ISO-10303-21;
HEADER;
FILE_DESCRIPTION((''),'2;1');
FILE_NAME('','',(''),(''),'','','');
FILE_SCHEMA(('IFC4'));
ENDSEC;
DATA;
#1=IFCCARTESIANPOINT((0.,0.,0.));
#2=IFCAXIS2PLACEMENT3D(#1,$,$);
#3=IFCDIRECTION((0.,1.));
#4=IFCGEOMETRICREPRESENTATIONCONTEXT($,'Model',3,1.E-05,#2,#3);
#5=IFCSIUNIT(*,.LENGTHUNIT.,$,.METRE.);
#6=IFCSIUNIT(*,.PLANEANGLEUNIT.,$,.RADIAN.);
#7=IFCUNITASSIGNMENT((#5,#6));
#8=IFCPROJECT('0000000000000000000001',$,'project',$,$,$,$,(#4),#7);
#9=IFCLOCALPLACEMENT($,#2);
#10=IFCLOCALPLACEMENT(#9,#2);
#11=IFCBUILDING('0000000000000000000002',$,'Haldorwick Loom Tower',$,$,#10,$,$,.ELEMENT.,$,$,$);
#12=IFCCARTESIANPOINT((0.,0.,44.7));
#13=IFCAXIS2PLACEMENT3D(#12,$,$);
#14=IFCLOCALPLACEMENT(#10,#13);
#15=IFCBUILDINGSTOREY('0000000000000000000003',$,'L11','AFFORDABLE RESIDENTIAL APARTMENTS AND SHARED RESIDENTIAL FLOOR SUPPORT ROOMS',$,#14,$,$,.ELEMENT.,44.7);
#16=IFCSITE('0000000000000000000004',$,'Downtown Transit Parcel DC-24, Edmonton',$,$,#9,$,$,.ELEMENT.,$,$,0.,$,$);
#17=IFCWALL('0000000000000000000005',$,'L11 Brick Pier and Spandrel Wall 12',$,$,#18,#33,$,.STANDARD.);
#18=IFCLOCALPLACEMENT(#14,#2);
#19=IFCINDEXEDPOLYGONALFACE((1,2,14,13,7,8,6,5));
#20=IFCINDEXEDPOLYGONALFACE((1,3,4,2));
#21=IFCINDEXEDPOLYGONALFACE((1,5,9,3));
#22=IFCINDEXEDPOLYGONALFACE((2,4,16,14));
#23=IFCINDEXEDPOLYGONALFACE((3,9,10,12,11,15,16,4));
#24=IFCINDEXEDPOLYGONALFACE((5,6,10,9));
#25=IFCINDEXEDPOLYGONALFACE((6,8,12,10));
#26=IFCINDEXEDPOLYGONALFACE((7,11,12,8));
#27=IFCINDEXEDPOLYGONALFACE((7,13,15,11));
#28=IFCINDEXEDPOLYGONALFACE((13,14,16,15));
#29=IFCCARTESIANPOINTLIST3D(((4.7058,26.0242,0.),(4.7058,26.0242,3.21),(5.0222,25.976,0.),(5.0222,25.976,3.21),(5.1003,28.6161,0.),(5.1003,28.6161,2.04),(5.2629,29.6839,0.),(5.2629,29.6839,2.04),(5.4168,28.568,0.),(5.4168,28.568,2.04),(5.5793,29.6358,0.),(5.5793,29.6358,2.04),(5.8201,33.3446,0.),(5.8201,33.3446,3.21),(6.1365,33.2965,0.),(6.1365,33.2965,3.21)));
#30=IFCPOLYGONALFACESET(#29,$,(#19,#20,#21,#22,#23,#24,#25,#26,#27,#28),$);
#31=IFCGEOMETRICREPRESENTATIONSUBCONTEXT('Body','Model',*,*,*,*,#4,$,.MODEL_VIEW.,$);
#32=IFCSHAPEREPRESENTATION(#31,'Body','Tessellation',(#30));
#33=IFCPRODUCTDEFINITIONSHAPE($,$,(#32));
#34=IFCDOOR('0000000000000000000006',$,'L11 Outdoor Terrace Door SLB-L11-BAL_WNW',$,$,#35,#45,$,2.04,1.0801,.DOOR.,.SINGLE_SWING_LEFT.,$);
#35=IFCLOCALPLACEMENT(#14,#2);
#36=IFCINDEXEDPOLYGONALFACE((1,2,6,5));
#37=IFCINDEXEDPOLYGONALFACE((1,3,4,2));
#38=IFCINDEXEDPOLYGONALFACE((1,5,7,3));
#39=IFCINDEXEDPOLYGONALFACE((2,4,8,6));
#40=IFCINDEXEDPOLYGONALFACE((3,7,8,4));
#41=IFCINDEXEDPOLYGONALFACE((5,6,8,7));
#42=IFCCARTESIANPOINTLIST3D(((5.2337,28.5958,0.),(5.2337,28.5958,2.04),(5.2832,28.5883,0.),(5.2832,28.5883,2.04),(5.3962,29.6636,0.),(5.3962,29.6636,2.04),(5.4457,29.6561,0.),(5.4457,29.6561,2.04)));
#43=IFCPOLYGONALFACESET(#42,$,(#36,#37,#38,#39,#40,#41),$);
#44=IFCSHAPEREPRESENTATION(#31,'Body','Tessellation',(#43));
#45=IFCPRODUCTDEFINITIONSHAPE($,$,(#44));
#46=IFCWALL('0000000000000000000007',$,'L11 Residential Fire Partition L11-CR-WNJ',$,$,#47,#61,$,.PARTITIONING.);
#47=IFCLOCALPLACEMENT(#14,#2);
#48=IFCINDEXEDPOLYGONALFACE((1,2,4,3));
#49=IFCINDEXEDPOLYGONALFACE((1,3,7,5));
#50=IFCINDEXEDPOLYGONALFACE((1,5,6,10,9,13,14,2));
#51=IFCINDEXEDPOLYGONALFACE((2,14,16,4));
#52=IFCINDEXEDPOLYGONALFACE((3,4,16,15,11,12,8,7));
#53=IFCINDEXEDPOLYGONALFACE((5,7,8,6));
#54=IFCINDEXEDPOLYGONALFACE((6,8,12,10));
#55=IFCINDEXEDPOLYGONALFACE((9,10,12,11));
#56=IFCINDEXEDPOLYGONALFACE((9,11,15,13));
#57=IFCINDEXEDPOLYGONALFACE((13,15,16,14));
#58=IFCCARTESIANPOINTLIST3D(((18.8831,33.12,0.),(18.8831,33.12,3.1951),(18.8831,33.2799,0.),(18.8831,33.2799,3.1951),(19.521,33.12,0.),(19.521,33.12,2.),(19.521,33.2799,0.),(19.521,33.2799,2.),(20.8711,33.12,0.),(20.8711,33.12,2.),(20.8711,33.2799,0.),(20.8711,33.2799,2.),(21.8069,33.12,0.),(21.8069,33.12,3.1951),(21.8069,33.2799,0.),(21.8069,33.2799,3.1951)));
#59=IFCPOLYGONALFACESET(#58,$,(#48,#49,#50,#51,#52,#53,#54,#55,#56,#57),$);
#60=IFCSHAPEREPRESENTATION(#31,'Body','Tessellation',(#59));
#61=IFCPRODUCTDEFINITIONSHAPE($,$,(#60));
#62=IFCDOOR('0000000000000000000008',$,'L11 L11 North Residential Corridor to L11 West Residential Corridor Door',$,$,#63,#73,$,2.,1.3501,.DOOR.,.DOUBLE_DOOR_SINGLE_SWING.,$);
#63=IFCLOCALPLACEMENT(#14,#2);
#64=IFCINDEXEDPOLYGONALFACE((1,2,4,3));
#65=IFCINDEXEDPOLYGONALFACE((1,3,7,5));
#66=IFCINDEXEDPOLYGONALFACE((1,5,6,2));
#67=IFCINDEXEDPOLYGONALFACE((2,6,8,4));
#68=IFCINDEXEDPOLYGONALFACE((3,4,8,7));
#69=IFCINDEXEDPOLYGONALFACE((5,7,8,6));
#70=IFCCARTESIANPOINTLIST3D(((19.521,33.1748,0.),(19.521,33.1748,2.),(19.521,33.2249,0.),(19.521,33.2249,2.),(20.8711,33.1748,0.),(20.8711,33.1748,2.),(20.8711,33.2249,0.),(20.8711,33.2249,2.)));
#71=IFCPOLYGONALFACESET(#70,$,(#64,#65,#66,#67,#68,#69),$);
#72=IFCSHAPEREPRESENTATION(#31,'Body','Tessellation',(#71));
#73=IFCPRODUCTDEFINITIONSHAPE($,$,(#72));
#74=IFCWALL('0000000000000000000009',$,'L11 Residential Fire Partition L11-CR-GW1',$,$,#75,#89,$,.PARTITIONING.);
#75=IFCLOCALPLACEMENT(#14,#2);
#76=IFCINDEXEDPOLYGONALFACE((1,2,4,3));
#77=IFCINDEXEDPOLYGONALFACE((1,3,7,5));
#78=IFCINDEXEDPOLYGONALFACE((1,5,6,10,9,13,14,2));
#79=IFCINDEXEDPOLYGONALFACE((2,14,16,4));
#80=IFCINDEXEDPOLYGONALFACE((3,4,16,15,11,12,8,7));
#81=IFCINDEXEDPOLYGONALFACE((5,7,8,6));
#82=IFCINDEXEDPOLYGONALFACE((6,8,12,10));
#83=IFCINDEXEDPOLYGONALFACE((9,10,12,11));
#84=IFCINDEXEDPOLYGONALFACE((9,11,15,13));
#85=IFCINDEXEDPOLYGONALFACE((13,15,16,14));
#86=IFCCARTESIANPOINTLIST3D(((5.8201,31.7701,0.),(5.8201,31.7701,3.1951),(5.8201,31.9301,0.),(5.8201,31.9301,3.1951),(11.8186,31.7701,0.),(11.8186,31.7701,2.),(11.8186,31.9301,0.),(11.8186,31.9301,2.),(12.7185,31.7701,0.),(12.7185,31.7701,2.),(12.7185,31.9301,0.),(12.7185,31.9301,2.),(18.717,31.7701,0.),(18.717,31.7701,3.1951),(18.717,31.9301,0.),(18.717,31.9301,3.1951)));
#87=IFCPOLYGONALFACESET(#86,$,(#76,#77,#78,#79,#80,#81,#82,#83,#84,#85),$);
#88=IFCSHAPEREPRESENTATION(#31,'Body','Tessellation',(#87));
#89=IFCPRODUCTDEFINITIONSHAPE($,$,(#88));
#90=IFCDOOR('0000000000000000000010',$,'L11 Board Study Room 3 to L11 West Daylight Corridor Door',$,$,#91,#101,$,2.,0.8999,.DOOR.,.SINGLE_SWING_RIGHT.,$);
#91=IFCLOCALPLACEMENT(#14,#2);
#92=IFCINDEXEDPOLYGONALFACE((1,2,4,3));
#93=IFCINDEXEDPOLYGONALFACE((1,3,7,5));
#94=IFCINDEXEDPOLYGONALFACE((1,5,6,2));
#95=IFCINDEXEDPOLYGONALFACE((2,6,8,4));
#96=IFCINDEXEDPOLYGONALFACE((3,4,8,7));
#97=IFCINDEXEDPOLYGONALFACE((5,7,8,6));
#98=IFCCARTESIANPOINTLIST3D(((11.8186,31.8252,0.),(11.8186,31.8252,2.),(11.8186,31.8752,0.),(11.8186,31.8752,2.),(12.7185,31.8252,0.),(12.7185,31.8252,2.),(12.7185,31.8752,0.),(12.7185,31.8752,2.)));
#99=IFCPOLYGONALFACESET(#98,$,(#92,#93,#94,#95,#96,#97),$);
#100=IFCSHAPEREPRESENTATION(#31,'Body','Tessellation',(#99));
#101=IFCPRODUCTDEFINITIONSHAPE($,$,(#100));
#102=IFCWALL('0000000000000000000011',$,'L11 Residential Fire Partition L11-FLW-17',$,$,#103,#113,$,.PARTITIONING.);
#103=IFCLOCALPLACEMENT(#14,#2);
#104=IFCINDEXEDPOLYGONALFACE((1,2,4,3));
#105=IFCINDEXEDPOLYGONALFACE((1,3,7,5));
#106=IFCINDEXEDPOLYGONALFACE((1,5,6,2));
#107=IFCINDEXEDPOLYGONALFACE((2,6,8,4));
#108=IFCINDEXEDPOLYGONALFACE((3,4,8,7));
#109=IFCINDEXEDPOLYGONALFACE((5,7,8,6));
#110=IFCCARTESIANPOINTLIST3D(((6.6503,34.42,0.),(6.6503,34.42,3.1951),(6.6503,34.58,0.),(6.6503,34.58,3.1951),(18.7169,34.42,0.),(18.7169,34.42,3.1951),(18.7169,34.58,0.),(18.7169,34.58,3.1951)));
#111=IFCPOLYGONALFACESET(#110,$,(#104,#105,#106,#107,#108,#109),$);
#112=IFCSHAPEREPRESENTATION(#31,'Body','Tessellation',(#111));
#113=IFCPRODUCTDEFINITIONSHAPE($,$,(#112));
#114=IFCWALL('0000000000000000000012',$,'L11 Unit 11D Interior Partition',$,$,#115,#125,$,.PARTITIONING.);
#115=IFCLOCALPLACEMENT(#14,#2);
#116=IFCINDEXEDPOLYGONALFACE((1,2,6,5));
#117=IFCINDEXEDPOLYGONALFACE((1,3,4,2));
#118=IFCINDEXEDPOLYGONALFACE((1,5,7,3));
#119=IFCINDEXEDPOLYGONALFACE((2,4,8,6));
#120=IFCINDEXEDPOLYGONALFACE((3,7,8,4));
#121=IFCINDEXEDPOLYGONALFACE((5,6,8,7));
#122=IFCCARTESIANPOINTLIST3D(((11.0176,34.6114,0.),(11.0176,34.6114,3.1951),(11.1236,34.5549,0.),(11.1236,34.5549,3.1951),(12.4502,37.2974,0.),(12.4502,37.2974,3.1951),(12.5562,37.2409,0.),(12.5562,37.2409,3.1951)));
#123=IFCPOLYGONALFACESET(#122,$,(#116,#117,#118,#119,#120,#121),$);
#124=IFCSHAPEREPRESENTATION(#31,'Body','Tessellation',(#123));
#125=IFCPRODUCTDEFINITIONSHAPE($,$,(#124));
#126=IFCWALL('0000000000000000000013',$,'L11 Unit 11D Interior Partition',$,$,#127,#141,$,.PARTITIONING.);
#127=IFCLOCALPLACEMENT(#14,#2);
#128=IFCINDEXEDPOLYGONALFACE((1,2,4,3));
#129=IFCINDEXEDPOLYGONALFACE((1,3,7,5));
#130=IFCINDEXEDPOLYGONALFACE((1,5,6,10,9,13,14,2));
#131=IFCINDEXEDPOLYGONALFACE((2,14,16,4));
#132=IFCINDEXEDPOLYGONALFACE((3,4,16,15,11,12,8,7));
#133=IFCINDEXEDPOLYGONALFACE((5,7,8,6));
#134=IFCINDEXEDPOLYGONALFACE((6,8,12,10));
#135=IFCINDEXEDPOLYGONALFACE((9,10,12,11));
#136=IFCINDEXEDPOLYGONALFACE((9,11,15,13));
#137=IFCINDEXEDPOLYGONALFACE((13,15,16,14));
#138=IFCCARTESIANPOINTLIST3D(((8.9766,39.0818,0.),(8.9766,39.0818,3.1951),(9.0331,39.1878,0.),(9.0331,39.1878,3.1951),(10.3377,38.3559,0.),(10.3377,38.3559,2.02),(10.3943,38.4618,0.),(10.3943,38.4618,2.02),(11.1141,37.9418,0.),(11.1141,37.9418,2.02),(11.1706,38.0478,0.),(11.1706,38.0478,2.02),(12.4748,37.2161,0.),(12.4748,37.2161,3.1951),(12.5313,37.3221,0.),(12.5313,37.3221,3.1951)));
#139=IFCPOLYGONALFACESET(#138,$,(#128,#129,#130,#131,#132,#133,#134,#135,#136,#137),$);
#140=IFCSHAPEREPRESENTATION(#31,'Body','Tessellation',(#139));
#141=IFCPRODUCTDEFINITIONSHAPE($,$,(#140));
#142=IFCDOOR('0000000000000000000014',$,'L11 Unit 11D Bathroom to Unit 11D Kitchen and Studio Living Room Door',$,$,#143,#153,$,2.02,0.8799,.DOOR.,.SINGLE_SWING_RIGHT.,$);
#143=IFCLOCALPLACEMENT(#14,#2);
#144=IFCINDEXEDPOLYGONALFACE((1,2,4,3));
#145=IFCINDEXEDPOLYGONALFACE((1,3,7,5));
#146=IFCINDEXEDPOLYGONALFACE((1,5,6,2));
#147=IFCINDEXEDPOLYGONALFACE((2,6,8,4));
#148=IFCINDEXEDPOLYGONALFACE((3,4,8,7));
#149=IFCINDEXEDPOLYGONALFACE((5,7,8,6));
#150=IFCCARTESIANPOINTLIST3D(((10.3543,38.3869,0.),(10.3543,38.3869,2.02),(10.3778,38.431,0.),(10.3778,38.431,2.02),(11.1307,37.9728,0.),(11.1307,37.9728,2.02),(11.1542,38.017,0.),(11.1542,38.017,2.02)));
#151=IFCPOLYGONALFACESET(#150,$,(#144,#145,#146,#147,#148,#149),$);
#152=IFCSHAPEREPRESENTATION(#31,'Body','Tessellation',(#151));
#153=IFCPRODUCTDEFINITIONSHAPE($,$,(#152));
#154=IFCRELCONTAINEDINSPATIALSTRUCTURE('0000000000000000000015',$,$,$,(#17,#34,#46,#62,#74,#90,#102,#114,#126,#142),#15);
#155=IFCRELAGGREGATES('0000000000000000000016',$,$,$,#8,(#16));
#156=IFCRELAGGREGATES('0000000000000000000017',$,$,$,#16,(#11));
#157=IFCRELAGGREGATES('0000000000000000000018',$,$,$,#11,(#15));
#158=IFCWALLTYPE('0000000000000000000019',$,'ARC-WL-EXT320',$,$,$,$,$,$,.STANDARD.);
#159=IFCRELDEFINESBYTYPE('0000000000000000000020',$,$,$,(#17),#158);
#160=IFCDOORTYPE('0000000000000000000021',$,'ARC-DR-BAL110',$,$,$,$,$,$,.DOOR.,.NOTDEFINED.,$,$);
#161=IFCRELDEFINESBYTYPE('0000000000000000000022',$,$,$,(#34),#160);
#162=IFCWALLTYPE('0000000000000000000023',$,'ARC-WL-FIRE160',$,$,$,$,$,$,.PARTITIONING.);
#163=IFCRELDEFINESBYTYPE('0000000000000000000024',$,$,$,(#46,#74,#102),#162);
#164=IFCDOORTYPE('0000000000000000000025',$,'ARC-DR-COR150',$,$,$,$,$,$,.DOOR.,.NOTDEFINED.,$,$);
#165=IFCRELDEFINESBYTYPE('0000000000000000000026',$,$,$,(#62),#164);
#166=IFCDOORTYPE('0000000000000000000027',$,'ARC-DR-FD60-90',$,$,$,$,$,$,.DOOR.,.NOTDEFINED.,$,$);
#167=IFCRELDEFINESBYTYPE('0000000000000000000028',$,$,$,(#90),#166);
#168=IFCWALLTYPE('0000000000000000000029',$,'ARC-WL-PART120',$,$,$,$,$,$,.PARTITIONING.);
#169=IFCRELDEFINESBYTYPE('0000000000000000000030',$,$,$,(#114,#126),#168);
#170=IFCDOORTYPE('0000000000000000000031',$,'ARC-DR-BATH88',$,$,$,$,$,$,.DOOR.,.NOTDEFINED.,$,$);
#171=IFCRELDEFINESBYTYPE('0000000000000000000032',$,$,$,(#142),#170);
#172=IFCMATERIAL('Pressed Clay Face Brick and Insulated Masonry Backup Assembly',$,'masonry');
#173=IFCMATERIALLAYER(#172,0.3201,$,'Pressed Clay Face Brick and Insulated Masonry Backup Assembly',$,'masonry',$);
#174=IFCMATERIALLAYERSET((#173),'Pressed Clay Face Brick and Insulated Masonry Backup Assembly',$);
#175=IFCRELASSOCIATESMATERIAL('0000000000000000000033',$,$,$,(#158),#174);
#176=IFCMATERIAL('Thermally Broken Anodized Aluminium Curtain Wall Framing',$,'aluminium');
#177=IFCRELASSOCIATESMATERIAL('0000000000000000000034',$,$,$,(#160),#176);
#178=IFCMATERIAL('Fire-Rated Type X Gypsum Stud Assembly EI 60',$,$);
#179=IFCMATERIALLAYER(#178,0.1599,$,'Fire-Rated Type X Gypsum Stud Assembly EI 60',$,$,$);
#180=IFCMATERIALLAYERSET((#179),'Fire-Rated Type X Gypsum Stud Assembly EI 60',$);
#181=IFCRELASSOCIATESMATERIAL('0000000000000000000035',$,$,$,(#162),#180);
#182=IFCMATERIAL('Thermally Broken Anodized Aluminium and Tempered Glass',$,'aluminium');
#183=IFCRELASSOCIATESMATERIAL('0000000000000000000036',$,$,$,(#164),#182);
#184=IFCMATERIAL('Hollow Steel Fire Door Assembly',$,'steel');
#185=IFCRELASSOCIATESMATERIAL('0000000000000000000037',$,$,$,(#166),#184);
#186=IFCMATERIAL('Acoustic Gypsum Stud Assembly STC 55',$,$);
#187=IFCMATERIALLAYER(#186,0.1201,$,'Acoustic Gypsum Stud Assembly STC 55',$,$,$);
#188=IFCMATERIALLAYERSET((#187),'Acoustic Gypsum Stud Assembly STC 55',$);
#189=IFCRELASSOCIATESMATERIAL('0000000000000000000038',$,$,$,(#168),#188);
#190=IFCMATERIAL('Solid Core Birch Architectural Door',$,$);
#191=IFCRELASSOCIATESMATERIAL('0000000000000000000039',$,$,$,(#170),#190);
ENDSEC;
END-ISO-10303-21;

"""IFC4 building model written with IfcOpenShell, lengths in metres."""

from ifc_helpers import new_model, si_unit, direction, frame, frame_2d, origin, place, context, subcontext, project, spatial, rectangle, extrude, material, layer, layer_set, type_object, element, fill, save


model = new_model("IFC4")

# Units and contexts
model_context = context("Model", 3, precision=1e-05, world=origin(), true_north=direction((0.0, 1.0)))
body_context = subcontext(model_context, "Body", "Model", "MODEL_VIEW")
ifc_project = project(units=[si_unit("LENGTHUNIT", "METRE"), si_unit("PLANEANGLEUNIT", "RADIAN")], contexts=[model_context])

# Site, building, storey
site_placement = place(None, origin())
site = spatial("IfcSite", under=ifc_project, at=site_placement, Name="Downtown Transit Parcel DC-24, Edmonton", CompositionType="ELEMENT", RefElevation=0.0)
building_placement = place(site_placement, origin())
building = spatial("IfcBuilding", under=site, at=building_placement, Name="Haldorwick Loom Tower", CompositionType="ELEMENT")
storey_placement = place(building_placement, frame((0.0, 0.0, 44.7)))
storey = spatial("IfcBuildingStorey", under=building, at=storey_placement, Name="L11", Description="AFFORDABLE RESIDENTIAL APARTMENTS AND SHARED RESIDENTIAL FLOOR SUPPORT ROOMS", CompositionType="ELEMENT", Elevation=44.7)

# Shared definitions
ifc_material_1 = material(Name="Pressed Clay Face Brick and Insulated Masonry Backup Assembly", Category="masonry")
ifc_layer_1 = layer(ifc_material_1, 0.3201, Name="Pressed Clay Face Brick and Insulated Masonry Backup Assembly", Category="masonry")
ifc_layer_set_1 = layer_set([ifc_layer_1], Name="Pressed Clay Face Brick and Insulated Masonry Backup Assembly")
wall_type_1 = type_object("IfcWallType", Name="ARC-WL-EXT320", PredefinedType="STANDARD", material=ifc_layer_set_1)

# Walls, openings, doors
wall_1_placement = place(storey_placement, frame((5.9783, 33.3206, 0.0), z_axis=(0.0, 0.0, 1.0), x_axis=(-0.150476, -0.988614, 0.0)))
wall_1 = element("IfcWall", 1, at=wall_1_placement, inside=storey, type_object=wall_type_1, Name="L11 Brick Pier and Spandrel Wall 12", PredefinedType="STANDARD", context=body_context, shape_type="SweptSolid", body=[
    extrude(rectangle(XDim=7.4048, YDim=0.3201, at=frame_2d((3.7024, 0.0))), origin(), (0.0, 0.0, 1.0), 3.21),
])
opening_1_placement = place(wall_1_placement, frame((3.7029, 0.0, 0.0)))
opening_1 = element("IfcOpeningElement", 2, at=opening_1_placement, cuts=wall_1, PredefinedType="OPENING", context=body_context, shape_type="SweptSolid", body=[
    extrude(rectangle(XDim=1.0801, YDim=2.04, at=frame_2d((0.54, 1.02))), frame((0.0, 0.1699, 0.0), z_axis=(0.0, -1.0, 0.0), x_axis=(1.0, 0.0, 0.0)), (0.0, 0.0, 1.0), 0.3401),
])
ifc_material_2 = material(Name="Thermally Broken Anodized Aluminium Curtain Wall Framing", Category="aluminium")
door_type_1 = type_object("IfcDoorType", Name="ARC-DR-BAL110", OperationType="NOTDEFINED", PredefinedType="DOOR", material=ifc_material_2)
door_1_placement = place(opening_1_placement, origin())
door_1 = element("IfcDoor", 3, at=door_1_placement, inside=storey, type_object=door_type_1, Name="L11 Outdoor Terrace Door SLB-L11-BAL_WNW", OperationType="SINGLE_SWING_LEFT", OverallHeight=2.04, OverallWidth=1.0801, PredefinedType="DOOR", context=body_context, shape_type="SweptSolid", body=[
    extrude(rectangle(XDim=1.0801, YDim=2.04, at=frame_2d((0.54, 1.02))), frame((0.0, 0.0249, 0.0), z_axis=(0.0, -1.0, 0.0), x_axis=(1.0, 0.0, 0.0)), (0.0, 0.0, 1.0), 0.05),
])
fill(opening_1, door_1)
ifc_material_3 = material(Name="Fire-Rated Type X Gypsum Stud Assembly EI 60")
ifc_layer_2 = layer(ifc_material_3, 0.1599, Name="Fire-Rated Type X Gypsum Stud Assembly EI 60")
ifc_layer_set_2 = layer_set([ifc_layer_2], Name="Fire-Rated Type X Gypsum Stud Assembly EI 60")
wall_type_2 = type_object("IfcWallType", Name="ARC-WL-FIRE160", PredefinedType="PARTITIONING", material=ifc_layer_set_2)
wall_2_placement = place(storey_placement, frame((18.8831, 33.2, 0.0), z_axis=(0.0, 0.0, 1.0), x_axis=(1.0, 0.0, 0.0)))
wall_2 = element("IfcWall", 4, at=wall_2_placement, inside=storey, type_object=wall_type_2, Name="L11 Residential Fire Partition L11-CR-WNJ", PredefinedType="PARTITIONING", context=body_context, shape_type="SweptSolid", body=[
    extrude(rectangle(XDim=2.9238, YDim=0.1599, at=frame_2d((1.4619, 0.0))), origin(), (0.0, 0.0, 1.0), 3.1951),
])
opening_2_placement = place(wall_2_placement, frame((0.6379, 0.0, 0.0)))
opening_2 = element("IfcOpeningElement", 5, at=opening_2_placement, cuts=wall_2, PredefinedType="OPENING", context=body_context, shape_type="SweptSolid", body=[
    extrude(rectangle(XDim=1.3501, YDim=2.0, at=frame_2d((0.675, 1.0))), frame((0.0, 0.0898, 0.0), z_axis=(0.0, -1.0, 0.0), x_axis=(1.0, 0.0, 0.0)), (0.0, 0.0, 1.0), 0.1799),
])
ifc_material_4 = material(Name="Thermally Broken Anodized Aluminium and Tempered Glass", Category="aluminium")
door_type_2 = type_object("IfcDoorType", Name="ARC-DR-COR150", OperationType="NOTDEFINED", PredefinedType="DOOR", material=ifc_material_4)
door_2_placement = place(opening_2_placement, origin())
door_2 = element("IfcDoor", 6, at=door_2_placement, inside=storey, type_object=door_type_2, Name="L11 L11 North Residential Corridor to L11 West Residential Corridor Door", OperationType="DOUBLE_DOOR_SINGLE_SWING", OverallHeight=2.0, OverallWidth=1.3501, PredefinedType="DOOR", context=body_context, shape_type="SweptSolid", body=[
    extrude(rectangle(XDim=1.3501, YDim=2.0, at=frame_2d((0.675, 1.0))), frame((0.0, 0.0249, 0.0), z_axis=(0.0, -1.0, 0.0), x_axis=(1.0, 0.0, 0.0)), (0.0, 0.0, 1.0), 0.05),
])
fill(opening_2, door_2)
wall_3_placement = place(storey_placement, frame((5.8201, 31.8501, 0.0), z_axis=(0.0, 0.0, 1.0), x_axis=(1.0, 0.0, 0.0)))
wall_3 = element("IfcWall", 7, at=wall_3_placement, inside=storey, type_object=wall_type_2, Name="L11 Residential Fire Partition L11-CR-GW1", PredefinedType="PARTITIONING", context=body_context, shape_type="SweptSolid", body=[
    extrude(rectangle(XDim=12.897, YDim=0.1599, at=frame_2d((6.4485, 0.0))), origin(), (0.0, 0.0, 1.0), 3.1951),
])
opening_3_placement = place(wall_3_placement, frame((5.9985, 0.0, 0.0)))
opening_3 = element("IfcOpeningElement", 8, at=opening_3_placement, cuts=wall_3, PredefinedType="OPENING", context=body_context, shape_type="SweptSolid", body=[
    extrude(rectangle(XDim=0.8999, YDim=2.0, at=frame_2d((0.45, 1.0))), frame((0.0, 0.0898, 0.0), z_axis=(0.0, -1.0, 0.0), x_axis=(1.0, 0.0, 0.0)), (0.0, 0.0, 1.0), 0.1799),
])
ifc_material_5 = material(Name="Hollow Steel Fire Door Assembly", Category="steel")
door_type_3 = type_object("IfcDoorType", Name="ARC-DR-FD60-90", OperationType="NOTDEFINED", PredefinedType="DOOR", material=ifc_material_5)
door_3_placement = place(opening_3_placement, frame((0.8999, 0.0, 0.0), z_axis=(0.0, 0.0, 1.0), x_axis=(-1.0, 0.0, 0.0)))
door_3 = element("IfcDoor", 9, at=door_3_placement, inside=storey, type_object=door_type_3, Name="L11 Board Study Room 3 to L11 West Daylight Corridor Door", OperationType="SINGLE_SWING_RIGHT", OverallHeight=2.0, OverallWidth=0.8999, PredefinedType="DOOR", context=body_context, shape_type="SweptSolid", body=[
    extrude(rectangle(XDim=0.8999, YDim=2.0, at=frame_2d((0.45, 1.0))), frame((0.0, 0.0249, 0.0), z_axis=(0.0, -1.0, 0.0), x_axis=(1.0, 0.0, 0.0)), (0.0, 0.0, 1.0), 0.05),
])
fill(opening_3, door_3)

# Walls
wall_4_placement = place(storey_placement, frame((6.6504, 34.5, 0.0), z_axis=(0.0, 0.0, 1.0), x_axis=(1.0, 0.0, 0.0)))
element("IfcWall", 10, at=wall_4_placement, inside=storey, type_object=wall_type_2, Name="L11 Residential Fire Partition L11-FLW-17", PredefinedType="PARTITIONING", context=body_context, shape_type="SweptSolid", body=[
    extrude(rectangle(XDim=12.0667, YDim=0.1599, at=frame_2d((6.0332, 0.0))), origin(), (0.0, 0.0, 1.0), 3.1951),
])
ifc_material_6 = material(Name="Acoustic Gypsum Stud Assembly STC 55")
ifc_layer_3 = layer(ifc_material_6, 0.1201, Name="Acoustic Gypsum Stud Assembly STC 55")
ifc_layer_set_3 = layer_set([ifc_layer_3], Name="Acoustic Gypsum Stud Assembly STC 55")
wall_type_3 = type_object("IfcWallType", Name="ARC-WL-PART120", PredefinedType="PARTITIONING", material=ifc_layer_set_3)
wall_5_placement = place(storey_placement, frame((12.5032, 37.269, 0.0), z_axis=(0.0, 0.0, 1.0), x_axis=(-0.470605, -0.882344, 0.0)))
element("IfcWall", 11, at=wall_5_placement, inside=storey, type_object=wall_type_3, Name="L11 Unit 11D Interior Partition", PredefinedType="PARTITIONING", context=body_context, shape_type="SweptSolid", body=[
    extrude(rectangle(XDim=3.0442, YDim=0.1201, at=frame_2d((1.522, 0.0))), origin(), (0.0, 0.0, 1.0), 3.1951),
])

# Wall, opening, door
wall_6_placement = place(storey_placement, frame((12.5032, 37.269, 0.0), z_axis=(0.0, 0.0, 1.0), x_axis=(-0.882356, 0.470582, 0.0)))
wall_6 = element("IfcWall", 12, at=wall_6_placement, inside=storey, type_object=wall_type_3, Name="L11 Unit 11D Interior Partition", PredefinedType="PARTITIONING", context=body_context, shape_type="SweptSolid", body=[
    extrude(rectangle(XDim=3.9646, YDim=0.1201, at=frame_2d((1.9824, 0.0))), origin(), (0.0, 0.0, 1.0), 3.1951),
])
opening_4_placement = place(wall_6_placement, frame((1.5422, 0.0, 0.0)))
opening_4 = element("IfcOpeningElement", 13, at=opening_4_placement, cuts=wall_6, PredefinedType="OPENING", context=body_context, shape_type="SweptSolid", body=[
    extrude(rectangle(XDim=0.8799, YDim=2.02, at=frame_2d((0.4399, 1.01))), frame((0.0, 0.0701, 0.0), z_axis=(0.0, -1.0, 0.0), x_axis=(1.0, 0.0, 0.0)), (0.0, 0.0, 1.0), 0.1401),
])
ifc_material_7 = material(Name="Solid Core Birch Architectural Door")
door_type_4 = type_object("IfcDoorType", Name="ARC-DR-BATH88", OperationType="NOTDEFINED", PredefinedType="DOOR", material=ifc_material_7)
door_4_placement = place(opening_4_placement, origin())
door_4 = element("IfcDoor", 14, at=door_4_placement, inside=storey, type_object=door_type_4, Name="L11 Unit 11D Bathroom to Unit 11D Kitchen and Studio Living Room Door", OperationType="SINGLE_SWING_RIGHT", OverallHeight=2.02, OverallWidth=0.8799, PredefinedType="DOOR", context=body_context, shape_type="SweptSolid", body=[
    extrude(rectangle(XDim=0.8799, YDim=2.02, at=frame_2d((0.4399, 1.01))), frame((0.0, 0.0249, 0.0), z_axis=(0.0, -1.0, 0.0), x_axis=(1.0, 0.0, 0.0)), (0.0, 0.0, 1.0), 0.05),
])
fill(opening_4, door_4)

save(model, "model.ifc")
